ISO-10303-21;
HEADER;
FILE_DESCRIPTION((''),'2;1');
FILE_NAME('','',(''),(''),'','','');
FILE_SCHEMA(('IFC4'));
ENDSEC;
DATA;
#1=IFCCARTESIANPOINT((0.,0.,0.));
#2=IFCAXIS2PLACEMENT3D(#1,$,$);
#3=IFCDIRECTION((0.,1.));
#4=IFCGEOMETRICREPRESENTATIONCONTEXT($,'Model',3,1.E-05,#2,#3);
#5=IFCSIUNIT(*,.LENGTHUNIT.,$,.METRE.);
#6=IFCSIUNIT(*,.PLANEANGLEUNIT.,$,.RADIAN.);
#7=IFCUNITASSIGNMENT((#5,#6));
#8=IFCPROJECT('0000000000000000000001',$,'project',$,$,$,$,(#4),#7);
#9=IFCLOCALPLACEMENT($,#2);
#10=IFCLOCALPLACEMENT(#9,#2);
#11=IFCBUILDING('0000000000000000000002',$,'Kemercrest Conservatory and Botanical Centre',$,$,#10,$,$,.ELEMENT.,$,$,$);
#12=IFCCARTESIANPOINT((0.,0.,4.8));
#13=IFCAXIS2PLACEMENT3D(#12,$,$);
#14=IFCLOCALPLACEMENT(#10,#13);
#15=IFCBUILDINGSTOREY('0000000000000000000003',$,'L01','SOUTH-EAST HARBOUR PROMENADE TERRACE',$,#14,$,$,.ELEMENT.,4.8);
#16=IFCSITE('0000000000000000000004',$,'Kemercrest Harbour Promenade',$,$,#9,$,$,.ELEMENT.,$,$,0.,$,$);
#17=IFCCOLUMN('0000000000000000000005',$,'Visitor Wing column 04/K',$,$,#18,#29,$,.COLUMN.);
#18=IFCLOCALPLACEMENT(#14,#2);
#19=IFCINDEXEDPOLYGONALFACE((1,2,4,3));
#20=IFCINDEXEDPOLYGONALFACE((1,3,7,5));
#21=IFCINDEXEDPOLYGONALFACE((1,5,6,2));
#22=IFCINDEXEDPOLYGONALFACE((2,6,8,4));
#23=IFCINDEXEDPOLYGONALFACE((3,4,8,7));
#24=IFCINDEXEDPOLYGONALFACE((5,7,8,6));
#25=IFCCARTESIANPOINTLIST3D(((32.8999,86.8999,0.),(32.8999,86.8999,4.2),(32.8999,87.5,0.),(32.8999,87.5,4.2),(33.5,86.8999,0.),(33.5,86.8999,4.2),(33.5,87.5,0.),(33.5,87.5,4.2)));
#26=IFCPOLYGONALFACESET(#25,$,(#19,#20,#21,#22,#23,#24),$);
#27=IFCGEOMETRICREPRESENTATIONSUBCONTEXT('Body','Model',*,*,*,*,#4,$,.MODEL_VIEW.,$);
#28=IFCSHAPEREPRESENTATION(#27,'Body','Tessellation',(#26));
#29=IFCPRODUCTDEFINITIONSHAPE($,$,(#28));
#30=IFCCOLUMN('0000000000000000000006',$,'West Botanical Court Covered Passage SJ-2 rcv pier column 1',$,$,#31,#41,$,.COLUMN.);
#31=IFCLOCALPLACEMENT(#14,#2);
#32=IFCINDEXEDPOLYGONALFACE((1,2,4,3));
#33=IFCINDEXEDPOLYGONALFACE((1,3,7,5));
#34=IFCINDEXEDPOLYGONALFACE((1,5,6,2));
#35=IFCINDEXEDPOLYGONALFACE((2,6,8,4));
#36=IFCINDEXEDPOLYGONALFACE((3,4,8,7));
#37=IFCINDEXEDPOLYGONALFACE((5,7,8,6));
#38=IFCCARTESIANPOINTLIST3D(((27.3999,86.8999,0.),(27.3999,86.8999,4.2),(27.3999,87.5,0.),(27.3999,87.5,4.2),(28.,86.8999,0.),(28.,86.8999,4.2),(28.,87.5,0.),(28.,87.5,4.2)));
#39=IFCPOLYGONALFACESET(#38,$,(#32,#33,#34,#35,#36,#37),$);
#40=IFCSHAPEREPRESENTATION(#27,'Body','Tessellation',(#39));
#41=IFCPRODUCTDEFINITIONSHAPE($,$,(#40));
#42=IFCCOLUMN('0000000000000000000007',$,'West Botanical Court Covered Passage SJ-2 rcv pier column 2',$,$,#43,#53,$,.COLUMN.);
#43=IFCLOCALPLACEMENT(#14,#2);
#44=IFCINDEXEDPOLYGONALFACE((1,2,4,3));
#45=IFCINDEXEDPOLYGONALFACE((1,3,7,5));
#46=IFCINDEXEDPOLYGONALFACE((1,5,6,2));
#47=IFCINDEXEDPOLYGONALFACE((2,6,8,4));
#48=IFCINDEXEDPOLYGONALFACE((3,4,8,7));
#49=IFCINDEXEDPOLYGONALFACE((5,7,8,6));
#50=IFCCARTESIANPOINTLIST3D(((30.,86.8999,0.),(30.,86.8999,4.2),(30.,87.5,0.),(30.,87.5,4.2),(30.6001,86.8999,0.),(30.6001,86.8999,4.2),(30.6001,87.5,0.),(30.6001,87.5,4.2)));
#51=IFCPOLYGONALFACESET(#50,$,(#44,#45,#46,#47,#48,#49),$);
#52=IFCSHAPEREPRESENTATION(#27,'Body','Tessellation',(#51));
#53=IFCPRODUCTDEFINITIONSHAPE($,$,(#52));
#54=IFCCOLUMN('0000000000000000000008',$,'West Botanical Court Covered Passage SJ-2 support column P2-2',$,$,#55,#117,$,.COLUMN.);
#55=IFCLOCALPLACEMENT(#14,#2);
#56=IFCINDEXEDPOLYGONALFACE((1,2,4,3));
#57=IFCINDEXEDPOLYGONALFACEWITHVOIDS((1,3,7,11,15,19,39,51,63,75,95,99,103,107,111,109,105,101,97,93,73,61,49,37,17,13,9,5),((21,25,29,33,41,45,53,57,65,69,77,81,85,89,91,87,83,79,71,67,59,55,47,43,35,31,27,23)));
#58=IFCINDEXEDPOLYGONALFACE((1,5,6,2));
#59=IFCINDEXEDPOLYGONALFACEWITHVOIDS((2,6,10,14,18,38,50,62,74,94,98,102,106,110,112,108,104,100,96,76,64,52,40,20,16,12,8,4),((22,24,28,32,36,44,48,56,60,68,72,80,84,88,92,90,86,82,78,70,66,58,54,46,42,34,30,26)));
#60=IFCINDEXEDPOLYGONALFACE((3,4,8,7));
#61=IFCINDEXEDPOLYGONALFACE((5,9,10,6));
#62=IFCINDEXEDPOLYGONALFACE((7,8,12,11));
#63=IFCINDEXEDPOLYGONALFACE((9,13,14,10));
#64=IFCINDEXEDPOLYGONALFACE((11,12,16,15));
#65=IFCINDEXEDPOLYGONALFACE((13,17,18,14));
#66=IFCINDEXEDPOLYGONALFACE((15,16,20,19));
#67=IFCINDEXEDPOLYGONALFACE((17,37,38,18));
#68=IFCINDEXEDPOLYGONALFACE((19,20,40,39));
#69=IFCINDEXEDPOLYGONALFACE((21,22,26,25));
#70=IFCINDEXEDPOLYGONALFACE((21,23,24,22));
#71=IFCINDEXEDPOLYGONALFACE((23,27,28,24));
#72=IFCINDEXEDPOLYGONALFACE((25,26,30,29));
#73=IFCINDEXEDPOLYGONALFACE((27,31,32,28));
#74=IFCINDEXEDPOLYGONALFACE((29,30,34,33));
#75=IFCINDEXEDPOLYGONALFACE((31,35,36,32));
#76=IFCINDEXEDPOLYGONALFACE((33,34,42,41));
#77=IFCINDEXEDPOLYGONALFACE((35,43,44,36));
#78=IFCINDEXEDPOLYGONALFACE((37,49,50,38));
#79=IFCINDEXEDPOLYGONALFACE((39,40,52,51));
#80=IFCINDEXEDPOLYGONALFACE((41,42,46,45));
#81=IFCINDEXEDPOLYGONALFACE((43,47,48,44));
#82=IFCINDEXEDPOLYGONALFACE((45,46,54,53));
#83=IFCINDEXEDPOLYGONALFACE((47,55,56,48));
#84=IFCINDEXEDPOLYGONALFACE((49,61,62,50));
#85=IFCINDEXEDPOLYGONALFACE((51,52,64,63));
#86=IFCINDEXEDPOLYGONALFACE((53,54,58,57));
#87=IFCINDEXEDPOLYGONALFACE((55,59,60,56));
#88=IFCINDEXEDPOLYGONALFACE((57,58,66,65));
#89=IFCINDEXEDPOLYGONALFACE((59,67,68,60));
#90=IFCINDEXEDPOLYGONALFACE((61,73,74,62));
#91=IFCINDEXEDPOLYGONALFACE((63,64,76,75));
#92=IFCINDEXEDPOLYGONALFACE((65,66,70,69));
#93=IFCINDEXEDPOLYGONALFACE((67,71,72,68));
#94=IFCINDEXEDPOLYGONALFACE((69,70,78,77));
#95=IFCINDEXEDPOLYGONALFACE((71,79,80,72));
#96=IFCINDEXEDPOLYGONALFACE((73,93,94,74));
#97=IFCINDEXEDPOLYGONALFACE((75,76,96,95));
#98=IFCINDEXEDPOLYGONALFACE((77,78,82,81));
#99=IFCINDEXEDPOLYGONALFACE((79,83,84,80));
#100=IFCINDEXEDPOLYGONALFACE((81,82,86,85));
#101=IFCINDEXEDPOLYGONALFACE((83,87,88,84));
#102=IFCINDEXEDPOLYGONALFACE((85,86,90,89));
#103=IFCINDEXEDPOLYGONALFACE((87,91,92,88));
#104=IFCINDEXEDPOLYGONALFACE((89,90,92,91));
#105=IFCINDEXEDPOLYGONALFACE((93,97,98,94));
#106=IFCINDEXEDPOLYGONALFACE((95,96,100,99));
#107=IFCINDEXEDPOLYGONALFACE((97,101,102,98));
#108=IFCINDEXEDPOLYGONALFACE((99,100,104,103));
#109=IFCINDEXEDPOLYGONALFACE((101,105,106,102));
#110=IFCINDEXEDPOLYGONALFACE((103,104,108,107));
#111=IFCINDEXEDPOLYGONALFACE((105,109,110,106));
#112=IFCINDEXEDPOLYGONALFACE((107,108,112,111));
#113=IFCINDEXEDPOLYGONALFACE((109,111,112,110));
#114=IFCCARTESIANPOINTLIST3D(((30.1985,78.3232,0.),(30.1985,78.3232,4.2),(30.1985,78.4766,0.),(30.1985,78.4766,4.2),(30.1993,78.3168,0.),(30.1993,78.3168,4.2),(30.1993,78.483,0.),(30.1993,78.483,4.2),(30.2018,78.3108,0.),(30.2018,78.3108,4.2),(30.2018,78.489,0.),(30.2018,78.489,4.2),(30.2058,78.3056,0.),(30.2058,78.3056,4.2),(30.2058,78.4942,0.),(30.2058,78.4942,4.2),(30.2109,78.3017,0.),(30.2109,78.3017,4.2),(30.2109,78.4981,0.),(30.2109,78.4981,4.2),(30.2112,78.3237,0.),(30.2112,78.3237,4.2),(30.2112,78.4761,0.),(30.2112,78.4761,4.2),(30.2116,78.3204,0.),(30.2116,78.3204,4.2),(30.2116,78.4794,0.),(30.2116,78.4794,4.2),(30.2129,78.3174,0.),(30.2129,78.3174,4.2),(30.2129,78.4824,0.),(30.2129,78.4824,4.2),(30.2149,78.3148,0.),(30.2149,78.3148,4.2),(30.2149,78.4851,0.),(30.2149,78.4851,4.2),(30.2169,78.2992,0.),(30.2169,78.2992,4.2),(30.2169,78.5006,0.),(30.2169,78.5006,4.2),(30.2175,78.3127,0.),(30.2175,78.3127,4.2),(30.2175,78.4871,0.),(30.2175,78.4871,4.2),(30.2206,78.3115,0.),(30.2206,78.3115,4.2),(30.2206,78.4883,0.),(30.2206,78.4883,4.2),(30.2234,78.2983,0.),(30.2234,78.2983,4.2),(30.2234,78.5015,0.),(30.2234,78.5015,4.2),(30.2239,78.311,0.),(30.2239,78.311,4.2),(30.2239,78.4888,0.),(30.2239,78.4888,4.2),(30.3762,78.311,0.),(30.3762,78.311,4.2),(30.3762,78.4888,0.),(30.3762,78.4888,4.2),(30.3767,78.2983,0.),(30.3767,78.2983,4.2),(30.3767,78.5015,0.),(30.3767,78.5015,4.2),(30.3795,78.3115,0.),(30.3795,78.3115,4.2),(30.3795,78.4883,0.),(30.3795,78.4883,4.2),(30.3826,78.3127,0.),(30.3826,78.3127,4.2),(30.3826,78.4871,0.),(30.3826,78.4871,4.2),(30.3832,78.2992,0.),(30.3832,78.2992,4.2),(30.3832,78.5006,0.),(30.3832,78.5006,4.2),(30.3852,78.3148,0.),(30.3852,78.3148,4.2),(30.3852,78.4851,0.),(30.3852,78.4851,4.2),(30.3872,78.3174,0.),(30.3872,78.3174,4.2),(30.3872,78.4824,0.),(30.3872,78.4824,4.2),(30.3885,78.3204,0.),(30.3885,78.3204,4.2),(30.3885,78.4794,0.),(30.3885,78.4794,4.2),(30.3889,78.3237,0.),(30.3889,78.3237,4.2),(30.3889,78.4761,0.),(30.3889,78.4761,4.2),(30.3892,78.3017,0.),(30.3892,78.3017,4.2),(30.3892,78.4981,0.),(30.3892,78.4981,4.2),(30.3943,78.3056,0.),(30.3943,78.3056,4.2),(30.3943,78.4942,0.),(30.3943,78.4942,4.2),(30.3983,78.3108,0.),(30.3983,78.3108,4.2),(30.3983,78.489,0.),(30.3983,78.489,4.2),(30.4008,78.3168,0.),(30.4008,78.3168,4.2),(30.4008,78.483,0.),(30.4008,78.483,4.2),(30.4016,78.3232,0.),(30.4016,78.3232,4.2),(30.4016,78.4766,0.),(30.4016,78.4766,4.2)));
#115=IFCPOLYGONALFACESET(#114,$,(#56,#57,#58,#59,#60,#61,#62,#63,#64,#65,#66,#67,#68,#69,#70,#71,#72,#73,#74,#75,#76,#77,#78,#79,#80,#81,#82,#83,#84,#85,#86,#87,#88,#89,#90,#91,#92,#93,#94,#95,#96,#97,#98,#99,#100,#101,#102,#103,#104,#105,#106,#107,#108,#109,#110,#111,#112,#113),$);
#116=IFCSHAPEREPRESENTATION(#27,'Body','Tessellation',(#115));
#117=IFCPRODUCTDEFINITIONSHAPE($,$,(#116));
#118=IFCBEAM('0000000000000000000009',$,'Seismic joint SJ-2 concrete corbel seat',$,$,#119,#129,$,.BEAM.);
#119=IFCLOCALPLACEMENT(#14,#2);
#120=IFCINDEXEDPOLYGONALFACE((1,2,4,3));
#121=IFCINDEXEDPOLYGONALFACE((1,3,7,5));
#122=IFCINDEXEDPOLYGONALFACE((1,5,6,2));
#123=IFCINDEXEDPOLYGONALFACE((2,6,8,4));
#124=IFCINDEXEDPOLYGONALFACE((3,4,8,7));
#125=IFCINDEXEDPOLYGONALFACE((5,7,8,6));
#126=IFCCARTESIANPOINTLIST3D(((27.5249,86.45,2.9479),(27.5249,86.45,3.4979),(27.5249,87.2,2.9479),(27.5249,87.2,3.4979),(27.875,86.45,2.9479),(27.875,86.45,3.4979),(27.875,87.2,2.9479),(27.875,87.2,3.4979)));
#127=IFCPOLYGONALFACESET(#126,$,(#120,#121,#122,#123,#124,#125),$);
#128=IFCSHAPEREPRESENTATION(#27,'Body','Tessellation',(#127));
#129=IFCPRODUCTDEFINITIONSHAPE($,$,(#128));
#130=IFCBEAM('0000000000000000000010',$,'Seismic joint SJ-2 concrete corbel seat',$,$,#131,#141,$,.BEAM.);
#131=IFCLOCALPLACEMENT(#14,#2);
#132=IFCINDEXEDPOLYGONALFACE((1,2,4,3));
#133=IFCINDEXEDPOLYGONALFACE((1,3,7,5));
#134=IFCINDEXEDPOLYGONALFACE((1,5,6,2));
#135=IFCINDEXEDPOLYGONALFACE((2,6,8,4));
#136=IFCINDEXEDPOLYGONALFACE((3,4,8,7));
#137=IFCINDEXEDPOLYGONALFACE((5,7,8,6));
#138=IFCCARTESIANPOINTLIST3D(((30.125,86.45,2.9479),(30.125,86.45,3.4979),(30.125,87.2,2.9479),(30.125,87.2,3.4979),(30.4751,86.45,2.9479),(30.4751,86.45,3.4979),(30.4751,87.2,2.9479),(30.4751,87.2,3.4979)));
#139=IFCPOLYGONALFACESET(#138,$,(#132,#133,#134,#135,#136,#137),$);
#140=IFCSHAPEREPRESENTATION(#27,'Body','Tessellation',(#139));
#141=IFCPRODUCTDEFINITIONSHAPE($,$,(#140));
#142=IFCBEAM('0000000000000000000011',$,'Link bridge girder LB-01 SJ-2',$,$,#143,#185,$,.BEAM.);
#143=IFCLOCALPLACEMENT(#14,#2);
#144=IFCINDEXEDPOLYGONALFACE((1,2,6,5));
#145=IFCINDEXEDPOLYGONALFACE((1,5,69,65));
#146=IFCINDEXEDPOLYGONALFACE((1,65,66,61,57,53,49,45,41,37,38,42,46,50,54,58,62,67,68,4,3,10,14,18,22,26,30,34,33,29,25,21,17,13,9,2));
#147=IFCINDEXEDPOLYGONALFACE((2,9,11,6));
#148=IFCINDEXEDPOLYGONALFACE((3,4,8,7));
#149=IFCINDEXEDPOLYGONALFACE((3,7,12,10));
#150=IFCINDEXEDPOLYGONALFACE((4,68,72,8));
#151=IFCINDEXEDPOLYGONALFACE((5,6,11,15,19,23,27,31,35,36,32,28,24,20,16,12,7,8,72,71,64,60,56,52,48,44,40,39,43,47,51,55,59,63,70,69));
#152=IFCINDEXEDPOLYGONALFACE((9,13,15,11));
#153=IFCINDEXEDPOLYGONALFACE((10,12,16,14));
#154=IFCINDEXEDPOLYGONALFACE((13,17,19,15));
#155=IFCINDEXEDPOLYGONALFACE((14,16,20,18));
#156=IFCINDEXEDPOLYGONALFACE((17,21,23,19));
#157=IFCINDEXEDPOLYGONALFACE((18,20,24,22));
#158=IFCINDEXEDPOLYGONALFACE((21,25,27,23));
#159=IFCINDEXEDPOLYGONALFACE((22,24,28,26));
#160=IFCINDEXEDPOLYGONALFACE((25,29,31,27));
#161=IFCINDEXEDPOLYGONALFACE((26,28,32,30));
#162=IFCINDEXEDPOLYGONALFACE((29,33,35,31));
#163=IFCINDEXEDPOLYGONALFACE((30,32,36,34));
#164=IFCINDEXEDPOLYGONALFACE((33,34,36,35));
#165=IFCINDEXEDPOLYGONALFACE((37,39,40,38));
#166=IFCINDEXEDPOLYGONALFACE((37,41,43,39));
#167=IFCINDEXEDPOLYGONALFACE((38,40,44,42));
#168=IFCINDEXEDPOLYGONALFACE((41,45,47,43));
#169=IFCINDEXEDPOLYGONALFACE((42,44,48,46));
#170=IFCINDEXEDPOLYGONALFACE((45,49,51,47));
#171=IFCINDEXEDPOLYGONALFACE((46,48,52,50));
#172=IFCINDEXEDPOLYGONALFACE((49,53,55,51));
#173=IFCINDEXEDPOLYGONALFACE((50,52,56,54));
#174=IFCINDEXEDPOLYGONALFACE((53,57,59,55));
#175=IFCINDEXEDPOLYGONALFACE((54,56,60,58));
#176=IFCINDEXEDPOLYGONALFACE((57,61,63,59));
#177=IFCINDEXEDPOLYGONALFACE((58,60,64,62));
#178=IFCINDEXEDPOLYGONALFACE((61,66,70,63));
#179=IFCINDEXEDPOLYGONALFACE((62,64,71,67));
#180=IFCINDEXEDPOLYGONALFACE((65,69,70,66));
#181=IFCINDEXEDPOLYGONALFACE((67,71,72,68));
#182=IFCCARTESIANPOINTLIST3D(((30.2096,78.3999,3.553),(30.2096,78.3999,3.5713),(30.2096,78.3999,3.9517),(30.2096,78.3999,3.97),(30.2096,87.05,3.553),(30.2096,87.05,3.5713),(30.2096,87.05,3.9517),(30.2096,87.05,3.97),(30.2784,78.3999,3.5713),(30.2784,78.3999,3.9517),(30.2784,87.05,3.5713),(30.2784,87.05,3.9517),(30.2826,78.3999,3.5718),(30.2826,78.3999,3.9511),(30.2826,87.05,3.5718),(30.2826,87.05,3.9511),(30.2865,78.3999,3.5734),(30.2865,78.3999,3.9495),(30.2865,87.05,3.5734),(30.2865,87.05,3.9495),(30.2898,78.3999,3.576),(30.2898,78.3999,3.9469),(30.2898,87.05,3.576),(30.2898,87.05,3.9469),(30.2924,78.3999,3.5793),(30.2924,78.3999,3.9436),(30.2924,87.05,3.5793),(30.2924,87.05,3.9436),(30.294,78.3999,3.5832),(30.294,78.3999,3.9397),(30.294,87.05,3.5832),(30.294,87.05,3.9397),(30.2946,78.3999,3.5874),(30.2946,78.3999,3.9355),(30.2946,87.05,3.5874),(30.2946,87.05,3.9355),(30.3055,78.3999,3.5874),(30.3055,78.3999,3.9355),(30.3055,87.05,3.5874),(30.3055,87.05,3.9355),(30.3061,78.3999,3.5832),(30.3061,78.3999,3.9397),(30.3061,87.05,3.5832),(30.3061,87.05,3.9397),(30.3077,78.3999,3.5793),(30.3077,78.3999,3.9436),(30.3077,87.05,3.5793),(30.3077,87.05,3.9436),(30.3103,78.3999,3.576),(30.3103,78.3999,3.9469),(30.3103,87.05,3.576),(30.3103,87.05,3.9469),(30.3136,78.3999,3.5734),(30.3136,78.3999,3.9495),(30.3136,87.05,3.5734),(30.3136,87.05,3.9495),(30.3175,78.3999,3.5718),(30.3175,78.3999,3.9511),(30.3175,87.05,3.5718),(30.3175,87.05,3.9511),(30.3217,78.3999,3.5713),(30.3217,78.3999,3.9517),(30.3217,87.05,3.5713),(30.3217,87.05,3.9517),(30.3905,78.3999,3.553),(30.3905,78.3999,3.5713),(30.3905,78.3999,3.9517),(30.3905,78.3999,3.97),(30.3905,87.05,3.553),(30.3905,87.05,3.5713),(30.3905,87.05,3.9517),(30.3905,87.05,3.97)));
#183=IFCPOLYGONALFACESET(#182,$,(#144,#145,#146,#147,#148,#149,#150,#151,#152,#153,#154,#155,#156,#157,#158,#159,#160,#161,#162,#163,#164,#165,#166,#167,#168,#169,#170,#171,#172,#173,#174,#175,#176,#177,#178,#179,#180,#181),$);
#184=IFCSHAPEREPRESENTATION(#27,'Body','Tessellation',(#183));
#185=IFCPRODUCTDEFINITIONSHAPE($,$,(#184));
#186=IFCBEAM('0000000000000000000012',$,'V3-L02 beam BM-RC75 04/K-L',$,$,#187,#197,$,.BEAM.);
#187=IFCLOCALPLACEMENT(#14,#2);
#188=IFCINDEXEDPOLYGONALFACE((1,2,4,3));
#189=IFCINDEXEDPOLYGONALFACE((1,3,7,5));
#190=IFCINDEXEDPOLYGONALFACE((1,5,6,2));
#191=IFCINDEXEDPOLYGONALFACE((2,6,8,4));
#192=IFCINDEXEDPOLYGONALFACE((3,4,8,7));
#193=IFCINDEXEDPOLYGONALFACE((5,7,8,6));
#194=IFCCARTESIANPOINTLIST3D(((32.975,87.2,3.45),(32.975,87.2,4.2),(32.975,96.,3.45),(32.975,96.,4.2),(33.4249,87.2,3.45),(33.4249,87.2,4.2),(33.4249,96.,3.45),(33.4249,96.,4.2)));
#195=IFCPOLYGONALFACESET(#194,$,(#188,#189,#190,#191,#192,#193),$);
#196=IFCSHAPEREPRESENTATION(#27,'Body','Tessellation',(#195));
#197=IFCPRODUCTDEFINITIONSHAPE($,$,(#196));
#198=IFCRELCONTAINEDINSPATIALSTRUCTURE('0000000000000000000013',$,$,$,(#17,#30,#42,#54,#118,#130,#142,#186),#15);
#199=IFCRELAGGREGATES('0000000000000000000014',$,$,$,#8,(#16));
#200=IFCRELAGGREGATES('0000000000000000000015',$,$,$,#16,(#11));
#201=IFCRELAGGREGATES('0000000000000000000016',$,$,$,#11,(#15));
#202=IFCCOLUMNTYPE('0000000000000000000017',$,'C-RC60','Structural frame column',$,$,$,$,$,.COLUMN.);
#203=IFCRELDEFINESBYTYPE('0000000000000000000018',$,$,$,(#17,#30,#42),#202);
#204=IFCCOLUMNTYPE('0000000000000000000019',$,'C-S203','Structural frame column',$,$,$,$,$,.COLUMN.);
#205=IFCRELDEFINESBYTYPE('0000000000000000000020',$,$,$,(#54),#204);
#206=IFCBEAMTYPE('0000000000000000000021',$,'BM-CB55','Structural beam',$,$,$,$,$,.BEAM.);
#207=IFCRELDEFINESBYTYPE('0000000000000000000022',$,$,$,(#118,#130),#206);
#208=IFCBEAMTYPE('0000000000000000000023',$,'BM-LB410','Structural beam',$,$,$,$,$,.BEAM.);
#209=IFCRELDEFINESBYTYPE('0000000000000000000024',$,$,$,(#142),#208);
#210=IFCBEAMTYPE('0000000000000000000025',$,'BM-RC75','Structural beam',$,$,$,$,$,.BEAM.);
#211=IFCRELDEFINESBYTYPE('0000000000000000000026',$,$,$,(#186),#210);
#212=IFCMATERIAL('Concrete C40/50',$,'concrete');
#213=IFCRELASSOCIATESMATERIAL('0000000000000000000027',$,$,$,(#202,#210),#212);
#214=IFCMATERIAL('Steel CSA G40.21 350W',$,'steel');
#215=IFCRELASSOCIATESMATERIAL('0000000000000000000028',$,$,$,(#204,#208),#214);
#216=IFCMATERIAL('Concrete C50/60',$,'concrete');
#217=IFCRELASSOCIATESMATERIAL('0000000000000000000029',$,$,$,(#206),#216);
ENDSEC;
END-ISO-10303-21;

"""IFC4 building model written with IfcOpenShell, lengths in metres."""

from ifc_helpers import new_model, si_unit, direction, frame, origin, origin_2d, place, context, subcontext, project, spatial, rectangle, hollow_rectangle, i_section, extrude, material, material_profile, profile_set, type_object, element, save


model = new_model("IFC4")

# Units and contexts
model_context = context("Model", 3, precision=1e-05, world=origin(), true_north=direction((0.0, 1.0)))
body_context = subcontext(model_context, "Body", "Model", "MODEL_VIEW")
ifc_project = project(units=[si_unit("LENGTHUNIT", "METRE"), si_unit("PLANEANGLEUNIT", "RADIAN")], contexts=[model_context])

# Site, building, storey
site_placement = place(None, origin())
site = spatial("IfcSite", under=ifc_project, at=site_placement, Name="Kemercrest Harbour Promenade", CompositionType="ELEMENT", RefElevation=0.0)
building_placement = place(site_placement, origin())
building = spatial("IfcBuilding", under=site, at=building_placement, Name="Kemercrest Conservatory and Botanical Centre", CompositionType="ELEMENT")
storey_placement = place(building_placement, frame((0.0, 0.0, 4.8)))
storey = spatial("IfcBuildingStorey", under=building, at=storey_placement, Name="L01", Description="SOUTH-EAST HARBOUR PROMENADE TERRACE", CompositionType="ELEMENT", Elevation=4.8)

# Columns
ifc_material_1 = material(Name="Concrete C40/50", Category="concrete")
ifc_material_profile_1 = material_profile(ifc_material_1, rectangle(XDim=0.6001, YDim=0.6001, at=origin_2d()), Name="RC 600x600")
ifc_profile_set_1 = profile_set([ifc_material_profile_1], Name="Concrete C40/50")
column_type_1 = type_object("IfcColumnType", Name="C-RC60", Description="Structural frame column", PredefinedType="COLUMN", material=ifc_profile_set_1)
for number, where, z_axis, x_axis, name in (
    (1, (33.2, 87.2, 0.0), (0.0, 0.0, 1.0), (1.0, 0.0, 0.0), "Visitor Wing column 04/K"),
    (2, (27.7, 87.2, 0.0), (0.0, 0.0, 1.0), (1.0, 0.0, 0.0), "West Botanical Court Covered Passage SJ-2 rcv pier column 1"),
    (3, (30.3, 87.2, 0.0), (0.0, 0.0, 1.0), (1.0, 0.0, 0.0), "West Botanical Court Covered Passage SJ-2 rcv pier column 2"),
):
    element("IfcColumn", number, at=place(storey_placement, frame(where, z_axis=z_axis, x_axis=x_axis)), inside=storey, type_object=column_type_1, Name=name, PredefinedType="COLUMN", context=body_context, shape_type="SweptSolid", body=[
        extrude(rectangle(XDim=0.6001, YDim=0.6001, at=origin_2d()), origin(), (0.0, 0.0, 1.0), 4.2),
    ])
ifc_material_2 = material(Name="Steel CSA G40.21 350W", Category="steel")
ifc_material_profile_2 = material_profile(ifc_material_2, hollow_rectangle(XDim=0.2031, YDim=0.2031, WallThickness=0.0127, InnerFilletRadius=0.0127, OuterFilletRadius=0.0249, at=origin_2d()), Name="HSS 203x203x12.7")
ifc_profile_set_2 = profile_set([ifc_material_profile_2], Name="Steel CSA G40.21 350W")
column_type_2 = type_object("IfcColumnType", Name="C-S203", Description="Structural frame column", PredefinedType="COLUMN", material=ifc_profile_set_2)
column_placement = place(storey_placement, frame((30.3, 78.3999, 0.0), z_axis=(0.0, 0.0, 1.0), x_axis=(1.0, 0.0, 0.0)))
element("IfcColumn", 4, at=column_placement, inside=storey, type_object=column_type_2, Name="West Botanical Court Covered Passage SJ-2 support column P2-2", PredefinedType="COLUMN", context=body_context, shape_type="SweptSolid", body=[
    extrude(hollow_rectangle(XDim=0.2031, YDim=0.2031, WallThickness=0.0127, InnerFilletRadius=0.0127, OuterFilletRadius=0.0249, at=origin_2d()), origin(), (0.0, 0.0, 1.0), 4.2),
])

# Beams
ifc_material_3 = material(Name="Concrete C50/60", Category="concrete")
ifc_material_profile_3 = material_profile(ifc_material_3, rectangle(XDim=0.3501, YDim=0.55, at=origin_2d()), Name="RC 350x550")
ifc_profile_set_3 = profile_set([ifc_material_profile_3], Name="Concrete C50/60")
beam_type_1 = type_object("IfcBeamType", Name="BM-CB55", Description="Structural beam", PredefinedType="BEAM", material=ifc_profile_set_3)
for number, where, z_axis, x_axis, name in (
    (5, (27.7, 87.2, 3.2229), (0.0, -1.0, 0.0), (1.0, 0.0, 0.0), "Seismic joint SJ-2 concrete corbel seat"),
    (6, (30.3, 87.2, 3.2229), (0.0, -1.0, 0.0), (1.0, 0.0, 0.0), "Seismic joint SJ-2 concrete corbel seat"),
):
    element("IfcBeam", number, at=place(storey_placement, frame(where, z_axis=z_axis, x_axis=x_axis)), inside=storey, type_object=beam_type_1, Name=name, PredefinedType="BEAM", context=body_context, shape_type="SweptSolid", body=[
        extrude(rectangle(XDim=0.3501, YDim=0.55, at=origin_2d()), origin(), (0.0, 0.0, 1.0), 0.75),
    ])
ifc_material_profile_4 = material_profile(ifc_material_2, i_section(OverallWidth=0.1809, OverallDepth=0.417, WebThickness=0.011, FlangeThickness=0.0183, FilletRadius=0.0161, at=origin_2d()), Name="W410X85")
ifc_profile_set_4 = profile_set([ifc_material_profile_4], Name="Steel CSA G40.21 350W")
beam_type_2 = type_object("IfcBeamType", Name="BM-LB410", Description="Structural beam", PredefinedType="BEAM", material=ifc_profile_set_4)
beam_1_placement = place(storey_placement, frame((30.3, 78.3999, 3.7615), z_axis=(0.0, 1.0, 0.0), x_axis=(-1.0, 0.0, 0.0)))
element("IfcBeam", 7, at=beam_1_placement, inside=storey, type_object=beam_type_2, Name="Link bridge girder LB-01 SJ-2", PredefinedType="BEAM", context=body_context, shape_type="SweptSolid", body=[
    extrude(i_section(OverallWidth=0.1809, OverallDepth=0.417, WebThickness=0.011, FlangeThickness=0.0183, FilletRadius=0.0161, at=origin_2d()), origin(), (0.0, 0.0, 1.0), 8.6501),
])
ifc_material_profile_5 = material_profile(ifc_material_1, rectangle(XDim=0.45, YDim=0.75, at=origin_2d()), Name="RC 450x750")
ifc_profile_set_5 = profile_set([ifc_material_profile_5], Name="Concrete C40/50")
beam_type_3 = type_object("IfcBeamType", Name="BM-RC75", Description="Structural beam", PredefinedType="BEAM", material=ifc_profile_set_5)
beam_2_placement = place(storey_placement, frame((33.2, 87.2, 3.825), z_axis=(0.0, 1.0, 0.0), x_axis=(-1.0, 0.0, 0.0)))
element("IfcBeam", 8, at=beam_2_placement, inside=storey, type_object=beam_type_3, Name="V3-L02 beam BM-RC75 04/K-L", PredefinedType="BEAM", context=body_context, shape_type="SweptSolid", body=[
    extrude(rectangle(XDim=0.45, YDim=0.75, at=origin_2d()), origin(), (0.0, 0.0, 1.0), 8.8),
])

save(model, "model.ifc")
